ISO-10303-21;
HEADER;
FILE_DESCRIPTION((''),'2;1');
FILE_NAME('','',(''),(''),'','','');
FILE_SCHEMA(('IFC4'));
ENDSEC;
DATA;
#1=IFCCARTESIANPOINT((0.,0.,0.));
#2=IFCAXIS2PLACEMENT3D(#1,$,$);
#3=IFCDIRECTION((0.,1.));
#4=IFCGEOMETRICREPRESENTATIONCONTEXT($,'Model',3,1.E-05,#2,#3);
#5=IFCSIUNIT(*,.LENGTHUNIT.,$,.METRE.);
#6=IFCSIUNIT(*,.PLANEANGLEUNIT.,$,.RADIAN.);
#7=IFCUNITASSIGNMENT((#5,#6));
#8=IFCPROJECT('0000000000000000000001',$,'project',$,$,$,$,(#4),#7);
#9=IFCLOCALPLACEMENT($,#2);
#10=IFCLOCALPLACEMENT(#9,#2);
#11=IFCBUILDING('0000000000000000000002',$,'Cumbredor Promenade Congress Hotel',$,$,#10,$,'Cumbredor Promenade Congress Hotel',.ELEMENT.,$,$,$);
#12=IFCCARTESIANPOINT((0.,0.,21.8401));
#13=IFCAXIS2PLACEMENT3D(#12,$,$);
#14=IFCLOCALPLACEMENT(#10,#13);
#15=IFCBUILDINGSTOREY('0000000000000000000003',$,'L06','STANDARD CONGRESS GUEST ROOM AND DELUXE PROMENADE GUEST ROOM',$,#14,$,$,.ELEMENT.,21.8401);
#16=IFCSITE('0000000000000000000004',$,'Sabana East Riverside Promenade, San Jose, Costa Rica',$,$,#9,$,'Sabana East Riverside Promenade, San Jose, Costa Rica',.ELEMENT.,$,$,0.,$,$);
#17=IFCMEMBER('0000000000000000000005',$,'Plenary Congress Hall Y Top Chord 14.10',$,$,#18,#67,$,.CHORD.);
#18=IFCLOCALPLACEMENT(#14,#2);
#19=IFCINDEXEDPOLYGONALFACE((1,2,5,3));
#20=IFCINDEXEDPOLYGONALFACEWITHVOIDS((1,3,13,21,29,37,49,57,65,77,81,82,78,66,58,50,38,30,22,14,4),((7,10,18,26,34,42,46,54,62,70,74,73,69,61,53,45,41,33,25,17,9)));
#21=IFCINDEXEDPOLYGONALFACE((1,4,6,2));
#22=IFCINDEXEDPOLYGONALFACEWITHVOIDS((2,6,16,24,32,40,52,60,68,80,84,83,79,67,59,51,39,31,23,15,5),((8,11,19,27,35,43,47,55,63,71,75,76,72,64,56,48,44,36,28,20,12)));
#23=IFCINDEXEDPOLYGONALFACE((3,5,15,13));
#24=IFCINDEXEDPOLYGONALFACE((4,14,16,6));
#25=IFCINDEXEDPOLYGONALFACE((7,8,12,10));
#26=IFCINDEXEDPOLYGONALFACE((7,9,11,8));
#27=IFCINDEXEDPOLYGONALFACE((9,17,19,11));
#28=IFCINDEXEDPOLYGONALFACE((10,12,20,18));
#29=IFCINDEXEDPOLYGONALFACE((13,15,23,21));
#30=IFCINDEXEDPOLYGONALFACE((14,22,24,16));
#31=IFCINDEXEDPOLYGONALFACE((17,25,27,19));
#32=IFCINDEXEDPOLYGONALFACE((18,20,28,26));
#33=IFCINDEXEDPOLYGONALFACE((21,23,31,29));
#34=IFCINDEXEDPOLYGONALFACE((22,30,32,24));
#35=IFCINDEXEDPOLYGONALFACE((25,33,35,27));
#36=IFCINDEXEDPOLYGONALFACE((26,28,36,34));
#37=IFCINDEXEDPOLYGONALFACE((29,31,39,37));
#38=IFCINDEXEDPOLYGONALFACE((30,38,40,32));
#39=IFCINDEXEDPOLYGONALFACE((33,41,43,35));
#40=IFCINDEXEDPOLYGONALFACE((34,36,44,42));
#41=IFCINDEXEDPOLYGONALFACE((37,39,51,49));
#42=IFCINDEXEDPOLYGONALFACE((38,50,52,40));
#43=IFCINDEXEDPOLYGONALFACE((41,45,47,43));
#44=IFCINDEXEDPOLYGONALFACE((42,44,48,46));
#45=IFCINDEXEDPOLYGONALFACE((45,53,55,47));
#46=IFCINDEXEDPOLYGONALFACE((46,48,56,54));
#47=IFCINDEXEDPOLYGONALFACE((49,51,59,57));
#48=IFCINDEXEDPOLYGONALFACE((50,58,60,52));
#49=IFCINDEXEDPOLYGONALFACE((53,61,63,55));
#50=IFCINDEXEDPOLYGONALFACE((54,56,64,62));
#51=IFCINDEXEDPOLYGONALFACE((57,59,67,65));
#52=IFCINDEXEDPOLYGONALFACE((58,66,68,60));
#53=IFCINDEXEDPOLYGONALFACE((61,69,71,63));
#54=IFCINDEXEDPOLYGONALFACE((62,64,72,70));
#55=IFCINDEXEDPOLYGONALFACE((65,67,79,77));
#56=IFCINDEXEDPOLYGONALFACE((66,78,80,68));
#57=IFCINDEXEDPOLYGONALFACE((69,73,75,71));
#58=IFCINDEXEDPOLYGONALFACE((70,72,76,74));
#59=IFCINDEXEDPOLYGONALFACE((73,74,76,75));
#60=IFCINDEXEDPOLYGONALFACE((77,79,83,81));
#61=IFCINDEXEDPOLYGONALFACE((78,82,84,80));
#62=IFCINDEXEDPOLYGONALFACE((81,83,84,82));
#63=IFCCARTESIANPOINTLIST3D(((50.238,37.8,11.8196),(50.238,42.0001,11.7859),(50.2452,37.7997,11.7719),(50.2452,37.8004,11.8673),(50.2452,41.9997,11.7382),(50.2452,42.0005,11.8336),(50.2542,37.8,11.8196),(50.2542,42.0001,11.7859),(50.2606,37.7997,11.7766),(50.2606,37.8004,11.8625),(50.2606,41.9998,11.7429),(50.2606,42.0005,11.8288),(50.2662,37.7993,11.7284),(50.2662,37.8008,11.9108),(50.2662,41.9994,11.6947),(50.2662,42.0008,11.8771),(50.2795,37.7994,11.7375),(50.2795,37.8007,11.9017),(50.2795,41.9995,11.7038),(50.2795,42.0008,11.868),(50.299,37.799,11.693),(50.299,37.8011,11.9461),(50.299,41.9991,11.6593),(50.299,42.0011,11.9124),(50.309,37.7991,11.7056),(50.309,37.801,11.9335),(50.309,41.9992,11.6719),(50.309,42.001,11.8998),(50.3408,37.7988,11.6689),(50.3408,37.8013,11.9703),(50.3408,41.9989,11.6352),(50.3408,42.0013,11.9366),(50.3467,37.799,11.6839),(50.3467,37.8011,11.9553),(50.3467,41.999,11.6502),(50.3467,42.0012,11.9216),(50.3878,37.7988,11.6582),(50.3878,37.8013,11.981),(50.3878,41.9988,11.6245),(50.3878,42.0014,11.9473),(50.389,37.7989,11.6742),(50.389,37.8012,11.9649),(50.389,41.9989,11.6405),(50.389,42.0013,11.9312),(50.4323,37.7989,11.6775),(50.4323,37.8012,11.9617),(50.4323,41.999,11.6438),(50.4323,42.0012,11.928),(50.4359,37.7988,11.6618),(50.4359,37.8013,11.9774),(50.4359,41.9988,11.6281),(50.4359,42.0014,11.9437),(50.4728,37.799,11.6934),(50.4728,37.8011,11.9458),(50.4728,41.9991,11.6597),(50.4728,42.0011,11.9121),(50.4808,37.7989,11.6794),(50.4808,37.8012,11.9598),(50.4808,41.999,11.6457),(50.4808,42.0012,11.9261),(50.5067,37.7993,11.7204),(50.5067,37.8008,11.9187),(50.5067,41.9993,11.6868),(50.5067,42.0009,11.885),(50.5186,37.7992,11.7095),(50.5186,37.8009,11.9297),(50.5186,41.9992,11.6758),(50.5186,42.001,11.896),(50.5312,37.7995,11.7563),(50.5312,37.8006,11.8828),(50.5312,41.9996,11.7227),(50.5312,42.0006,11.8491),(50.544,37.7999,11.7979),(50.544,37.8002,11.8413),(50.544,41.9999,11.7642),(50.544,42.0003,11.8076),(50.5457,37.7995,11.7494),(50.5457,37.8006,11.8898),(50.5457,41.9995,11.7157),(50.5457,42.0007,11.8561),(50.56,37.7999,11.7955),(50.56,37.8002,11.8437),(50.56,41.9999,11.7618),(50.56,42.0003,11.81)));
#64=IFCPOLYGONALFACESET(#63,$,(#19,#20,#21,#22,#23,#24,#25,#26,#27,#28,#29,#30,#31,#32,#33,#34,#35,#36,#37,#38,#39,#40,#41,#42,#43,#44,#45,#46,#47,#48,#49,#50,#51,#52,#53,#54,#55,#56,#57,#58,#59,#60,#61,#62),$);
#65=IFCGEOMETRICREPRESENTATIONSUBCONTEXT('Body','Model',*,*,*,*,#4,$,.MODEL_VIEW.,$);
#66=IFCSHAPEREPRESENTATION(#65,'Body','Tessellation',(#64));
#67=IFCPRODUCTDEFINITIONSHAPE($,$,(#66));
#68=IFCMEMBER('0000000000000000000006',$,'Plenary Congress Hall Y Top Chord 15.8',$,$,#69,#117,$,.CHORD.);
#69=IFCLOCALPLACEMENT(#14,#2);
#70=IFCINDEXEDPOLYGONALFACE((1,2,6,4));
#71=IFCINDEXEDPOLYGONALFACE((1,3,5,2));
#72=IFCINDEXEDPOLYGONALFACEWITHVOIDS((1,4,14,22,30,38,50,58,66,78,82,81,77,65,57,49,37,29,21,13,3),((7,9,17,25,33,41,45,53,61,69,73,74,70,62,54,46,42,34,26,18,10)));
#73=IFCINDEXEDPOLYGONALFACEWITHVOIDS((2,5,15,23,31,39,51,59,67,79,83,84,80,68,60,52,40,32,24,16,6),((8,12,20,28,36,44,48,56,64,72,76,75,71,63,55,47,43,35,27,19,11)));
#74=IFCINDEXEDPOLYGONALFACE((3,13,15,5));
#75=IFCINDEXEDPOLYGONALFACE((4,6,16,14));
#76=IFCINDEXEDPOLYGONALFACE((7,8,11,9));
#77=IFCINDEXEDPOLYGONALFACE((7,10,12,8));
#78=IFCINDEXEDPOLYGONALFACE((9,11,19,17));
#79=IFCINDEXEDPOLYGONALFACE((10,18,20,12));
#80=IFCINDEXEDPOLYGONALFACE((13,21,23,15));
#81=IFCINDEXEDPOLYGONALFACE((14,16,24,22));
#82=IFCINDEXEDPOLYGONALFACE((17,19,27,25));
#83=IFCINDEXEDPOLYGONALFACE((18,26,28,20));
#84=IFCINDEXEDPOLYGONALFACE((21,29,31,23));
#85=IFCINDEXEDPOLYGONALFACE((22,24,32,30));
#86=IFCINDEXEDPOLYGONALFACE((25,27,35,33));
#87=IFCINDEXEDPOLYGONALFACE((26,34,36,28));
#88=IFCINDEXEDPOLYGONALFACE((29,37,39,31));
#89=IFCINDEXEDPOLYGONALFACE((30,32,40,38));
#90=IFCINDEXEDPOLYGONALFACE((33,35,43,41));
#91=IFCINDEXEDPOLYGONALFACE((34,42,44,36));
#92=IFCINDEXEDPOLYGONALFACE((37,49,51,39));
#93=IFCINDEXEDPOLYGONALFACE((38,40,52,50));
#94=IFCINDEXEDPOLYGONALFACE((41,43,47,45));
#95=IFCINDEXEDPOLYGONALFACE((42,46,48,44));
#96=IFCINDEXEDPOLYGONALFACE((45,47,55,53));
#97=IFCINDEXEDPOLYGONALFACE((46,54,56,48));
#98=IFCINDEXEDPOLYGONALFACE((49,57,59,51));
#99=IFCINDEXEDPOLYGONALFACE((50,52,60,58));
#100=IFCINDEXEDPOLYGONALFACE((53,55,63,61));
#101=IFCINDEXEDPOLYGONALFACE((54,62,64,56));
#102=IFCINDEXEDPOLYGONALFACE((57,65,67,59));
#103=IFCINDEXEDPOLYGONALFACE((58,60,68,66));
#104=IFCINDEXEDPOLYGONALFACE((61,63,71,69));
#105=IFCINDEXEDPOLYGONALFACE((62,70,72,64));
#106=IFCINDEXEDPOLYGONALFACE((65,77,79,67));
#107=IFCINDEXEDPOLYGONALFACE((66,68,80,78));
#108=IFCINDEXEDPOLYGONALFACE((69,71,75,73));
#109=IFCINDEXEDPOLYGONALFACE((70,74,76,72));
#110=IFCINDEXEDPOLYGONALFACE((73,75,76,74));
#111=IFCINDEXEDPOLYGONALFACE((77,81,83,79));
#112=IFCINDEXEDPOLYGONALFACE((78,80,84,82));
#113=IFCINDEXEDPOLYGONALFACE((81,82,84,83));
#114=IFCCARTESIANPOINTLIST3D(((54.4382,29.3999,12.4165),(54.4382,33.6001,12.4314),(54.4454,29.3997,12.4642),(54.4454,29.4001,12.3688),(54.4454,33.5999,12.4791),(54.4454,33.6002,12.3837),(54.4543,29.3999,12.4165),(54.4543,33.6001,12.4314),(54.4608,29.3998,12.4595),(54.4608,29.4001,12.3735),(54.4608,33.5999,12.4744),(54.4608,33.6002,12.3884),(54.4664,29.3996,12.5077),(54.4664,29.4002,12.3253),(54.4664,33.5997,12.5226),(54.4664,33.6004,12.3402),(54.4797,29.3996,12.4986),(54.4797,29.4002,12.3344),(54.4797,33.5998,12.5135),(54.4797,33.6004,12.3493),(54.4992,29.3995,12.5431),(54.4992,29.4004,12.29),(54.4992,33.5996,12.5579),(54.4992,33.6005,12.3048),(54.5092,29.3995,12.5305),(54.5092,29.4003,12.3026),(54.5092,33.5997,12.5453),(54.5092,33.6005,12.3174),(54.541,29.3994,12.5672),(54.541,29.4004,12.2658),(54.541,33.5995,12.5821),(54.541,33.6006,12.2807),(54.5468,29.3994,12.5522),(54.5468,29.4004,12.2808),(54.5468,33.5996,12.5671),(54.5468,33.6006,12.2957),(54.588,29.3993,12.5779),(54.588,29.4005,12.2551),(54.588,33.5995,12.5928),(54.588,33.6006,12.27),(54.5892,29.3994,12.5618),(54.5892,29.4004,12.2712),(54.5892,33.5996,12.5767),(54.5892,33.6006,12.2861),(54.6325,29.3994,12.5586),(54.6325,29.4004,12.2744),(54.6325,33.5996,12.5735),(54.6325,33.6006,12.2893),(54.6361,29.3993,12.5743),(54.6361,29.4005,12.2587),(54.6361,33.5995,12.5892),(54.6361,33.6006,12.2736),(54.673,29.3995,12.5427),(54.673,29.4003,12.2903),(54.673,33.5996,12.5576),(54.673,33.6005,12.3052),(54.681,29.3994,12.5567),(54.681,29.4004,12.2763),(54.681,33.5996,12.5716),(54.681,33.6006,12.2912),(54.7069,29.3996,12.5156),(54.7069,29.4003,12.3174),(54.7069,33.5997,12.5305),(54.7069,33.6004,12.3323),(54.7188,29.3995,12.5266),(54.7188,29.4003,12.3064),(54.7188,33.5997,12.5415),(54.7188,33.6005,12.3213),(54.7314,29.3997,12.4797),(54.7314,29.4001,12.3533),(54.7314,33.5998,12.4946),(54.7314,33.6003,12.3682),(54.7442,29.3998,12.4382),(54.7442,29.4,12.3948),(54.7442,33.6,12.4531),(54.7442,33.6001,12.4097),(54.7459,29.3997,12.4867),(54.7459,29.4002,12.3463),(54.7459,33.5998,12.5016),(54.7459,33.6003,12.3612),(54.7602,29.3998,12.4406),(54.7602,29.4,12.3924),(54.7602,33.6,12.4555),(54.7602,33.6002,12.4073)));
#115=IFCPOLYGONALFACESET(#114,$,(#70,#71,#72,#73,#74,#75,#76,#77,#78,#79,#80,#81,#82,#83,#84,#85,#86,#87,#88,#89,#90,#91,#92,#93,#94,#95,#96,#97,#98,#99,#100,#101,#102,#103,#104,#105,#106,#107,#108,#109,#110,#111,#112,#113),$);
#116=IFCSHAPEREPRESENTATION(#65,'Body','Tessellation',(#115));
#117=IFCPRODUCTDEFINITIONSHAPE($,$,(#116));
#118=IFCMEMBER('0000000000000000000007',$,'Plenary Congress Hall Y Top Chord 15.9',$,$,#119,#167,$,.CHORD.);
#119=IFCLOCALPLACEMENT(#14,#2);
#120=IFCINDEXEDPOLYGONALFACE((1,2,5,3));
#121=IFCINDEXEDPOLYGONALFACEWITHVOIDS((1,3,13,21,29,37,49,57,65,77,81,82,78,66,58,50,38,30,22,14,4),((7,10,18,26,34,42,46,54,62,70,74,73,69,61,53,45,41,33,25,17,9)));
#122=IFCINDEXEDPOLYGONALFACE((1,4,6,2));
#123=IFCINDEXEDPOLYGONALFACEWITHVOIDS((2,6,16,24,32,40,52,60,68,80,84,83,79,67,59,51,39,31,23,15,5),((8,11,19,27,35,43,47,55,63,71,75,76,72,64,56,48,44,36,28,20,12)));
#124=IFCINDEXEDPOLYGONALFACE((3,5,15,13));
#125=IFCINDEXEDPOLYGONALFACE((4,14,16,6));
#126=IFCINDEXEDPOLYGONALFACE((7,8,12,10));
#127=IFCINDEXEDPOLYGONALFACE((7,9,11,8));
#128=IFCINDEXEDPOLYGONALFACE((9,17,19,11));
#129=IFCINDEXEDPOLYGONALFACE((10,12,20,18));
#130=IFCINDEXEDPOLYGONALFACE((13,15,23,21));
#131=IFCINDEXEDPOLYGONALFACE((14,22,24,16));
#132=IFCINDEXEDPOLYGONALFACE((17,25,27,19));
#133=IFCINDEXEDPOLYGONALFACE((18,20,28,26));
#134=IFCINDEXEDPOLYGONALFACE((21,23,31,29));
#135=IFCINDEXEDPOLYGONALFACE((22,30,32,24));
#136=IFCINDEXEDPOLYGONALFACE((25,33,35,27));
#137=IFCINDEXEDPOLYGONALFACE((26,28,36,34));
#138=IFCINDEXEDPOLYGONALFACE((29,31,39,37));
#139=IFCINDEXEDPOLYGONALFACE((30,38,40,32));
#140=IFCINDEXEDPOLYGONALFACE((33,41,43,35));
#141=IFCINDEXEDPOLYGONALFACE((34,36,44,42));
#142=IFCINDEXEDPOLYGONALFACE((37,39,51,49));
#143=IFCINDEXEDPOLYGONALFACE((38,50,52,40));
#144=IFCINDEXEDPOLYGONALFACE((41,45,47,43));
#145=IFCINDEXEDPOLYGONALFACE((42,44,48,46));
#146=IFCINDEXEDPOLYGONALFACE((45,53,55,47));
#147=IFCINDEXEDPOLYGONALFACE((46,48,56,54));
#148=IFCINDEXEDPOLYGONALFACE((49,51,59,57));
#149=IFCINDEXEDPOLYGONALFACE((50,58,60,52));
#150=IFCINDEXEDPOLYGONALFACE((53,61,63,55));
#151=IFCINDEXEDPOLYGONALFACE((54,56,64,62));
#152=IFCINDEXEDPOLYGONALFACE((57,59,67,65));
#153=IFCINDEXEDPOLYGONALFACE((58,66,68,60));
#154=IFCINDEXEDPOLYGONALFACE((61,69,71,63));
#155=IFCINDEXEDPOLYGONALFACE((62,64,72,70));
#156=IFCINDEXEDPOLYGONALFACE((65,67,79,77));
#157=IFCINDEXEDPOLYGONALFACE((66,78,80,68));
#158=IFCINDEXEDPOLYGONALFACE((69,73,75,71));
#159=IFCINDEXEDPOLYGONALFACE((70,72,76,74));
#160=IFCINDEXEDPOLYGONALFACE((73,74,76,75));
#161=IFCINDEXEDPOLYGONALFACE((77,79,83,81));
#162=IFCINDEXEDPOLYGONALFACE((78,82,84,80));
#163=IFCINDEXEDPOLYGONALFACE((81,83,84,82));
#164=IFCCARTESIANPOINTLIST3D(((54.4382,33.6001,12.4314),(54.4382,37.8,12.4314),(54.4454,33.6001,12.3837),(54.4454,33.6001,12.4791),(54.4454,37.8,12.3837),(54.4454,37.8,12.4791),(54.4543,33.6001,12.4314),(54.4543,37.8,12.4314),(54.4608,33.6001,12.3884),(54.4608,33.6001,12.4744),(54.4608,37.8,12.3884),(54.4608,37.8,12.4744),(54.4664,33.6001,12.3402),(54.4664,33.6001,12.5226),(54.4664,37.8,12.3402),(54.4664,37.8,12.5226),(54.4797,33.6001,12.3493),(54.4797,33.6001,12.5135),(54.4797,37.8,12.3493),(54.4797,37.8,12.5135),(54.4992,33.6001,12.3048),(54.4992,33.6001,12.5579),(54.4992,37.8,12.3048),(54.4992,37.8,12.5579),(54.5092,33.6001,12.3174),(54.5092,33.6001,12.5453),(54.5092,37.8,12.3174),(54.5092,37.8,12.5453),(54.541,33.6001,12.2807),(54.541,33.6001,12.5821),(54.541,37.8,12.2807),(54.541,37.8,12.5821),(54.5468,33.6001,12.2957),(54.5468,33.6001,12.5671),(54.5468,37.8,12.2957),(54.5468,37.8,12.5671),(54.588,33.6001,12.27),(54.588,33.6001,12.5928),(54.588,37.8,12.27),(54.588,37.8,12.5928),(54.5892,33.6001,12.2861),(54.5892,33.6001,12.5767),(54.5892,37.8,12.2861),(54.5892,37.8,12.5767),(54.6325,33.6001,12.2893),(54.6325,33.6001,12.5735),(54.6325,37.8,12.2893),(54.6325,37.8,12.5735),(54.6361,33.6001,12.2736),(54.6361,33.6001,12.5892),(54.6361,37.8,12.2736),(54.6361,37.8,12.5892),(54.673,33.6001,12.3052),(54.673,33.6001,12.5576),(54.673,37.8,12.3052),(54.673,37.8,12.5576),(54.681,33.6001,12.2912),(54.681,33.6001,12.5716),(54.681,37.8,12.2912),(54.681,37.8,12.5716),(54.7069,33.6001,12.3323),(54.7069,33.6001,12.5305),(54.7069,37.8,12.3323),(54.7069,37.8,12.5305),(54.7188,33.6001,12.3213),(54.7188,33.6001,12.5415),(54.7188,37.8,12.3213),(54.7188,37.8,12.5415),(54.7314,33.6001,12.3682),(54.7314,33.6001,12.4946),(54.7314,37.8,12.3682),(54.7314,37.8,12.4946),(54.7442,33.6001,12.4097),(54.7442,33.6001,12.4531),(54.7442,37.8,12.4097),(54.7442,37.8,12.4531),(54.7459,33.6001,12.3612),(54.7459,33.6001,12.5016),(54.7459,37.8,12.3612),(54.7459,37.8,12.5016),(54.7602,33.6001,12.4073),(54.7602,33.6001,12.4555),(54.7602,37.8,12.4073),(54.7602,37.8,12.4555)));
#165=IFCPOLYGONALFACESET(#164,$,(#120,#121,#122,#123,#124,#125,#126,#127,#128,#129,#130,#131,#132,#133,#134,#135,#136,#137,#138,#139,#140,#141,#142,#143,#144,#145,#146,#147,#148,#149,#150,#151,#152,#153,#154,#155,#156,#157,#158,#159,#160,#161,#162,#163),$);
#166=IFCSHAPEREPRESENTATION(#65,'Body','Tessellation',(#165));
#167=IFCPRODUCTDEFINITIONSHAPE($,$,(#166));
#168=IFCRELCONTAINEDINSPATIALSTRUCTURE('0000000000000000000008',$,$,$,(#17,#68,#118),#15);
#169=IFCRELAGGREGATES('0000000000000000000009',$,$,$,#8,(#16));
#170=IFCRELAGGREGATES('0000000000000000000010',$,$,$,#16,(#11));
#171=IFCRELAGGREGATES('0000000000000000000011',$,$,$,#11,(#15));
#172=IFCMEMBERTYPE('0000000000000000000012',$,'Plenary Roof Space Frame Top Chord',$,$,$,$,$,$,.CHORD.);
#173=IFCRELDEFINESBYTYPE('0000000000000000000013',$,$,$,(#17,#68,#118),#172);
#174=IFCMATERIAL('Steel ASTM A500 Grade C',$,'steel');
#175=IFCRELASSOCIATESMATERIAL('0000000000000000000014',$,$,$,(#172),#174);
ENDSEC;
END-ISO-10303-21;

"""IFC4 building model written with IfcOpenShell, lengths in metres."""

from ifc_helpers import new_model, si_unit, direction, frame, origin, origin_2d, place, context, subcontext, project, spatial, hollow_circle, extrude, material, material_profile, profile_set, type_object, element, save


model = new_model("IFC4")

# Units and contexts
model_context = context("Model", 3, precision=1e-05, world=origin(), true_north=direction((0.0, 1.0)))
body_context = subcontext(model_context, "Body", "Model", "MODEL_VIEW")
ifc_project = project(units=[si_unit("LENGTHUNIT", "METRE"), si_unit("PLANEANGLEUNIT", "RADIAN")], contexts=[model_context])

# Site, building, storey
site_placement = place(None, origin())
site = spatial("IfcSite", under=ifc_project, at=site_placement, Name="Sabana East Riverside Promenade, San Jose, Costa Rica", LongName="Sabana East Riverside Promenade, San Jose, Costa Rica", CompositionType="ELEMENT", RefElevation=0.0)
building_placement = place(site_placement, origin())
building = spatial("IfcBuilding", under=site, at=building_placement, Name="Cumbredor Promenade Congress Hotel", LongName="Cumbredor Promenade Congress Hotel", CompositionType="ELEMENT")
storey_placement = place(building_placement, frame((0.0, 0.0, 21.8401)))
storey = spatial("IfcBuildingStorey", under=building, at=storey_placement, Name="L06", Description="STANDARD CONGRESS GUEST ROOM AND DELUXE PROMENADE GUEST ROOM", CompositionType="ELEMENT", Elevation=21.8401)

# Members
ifc_material_1 = material(Name="Steel ASTM A500 Grade C", Category="steel")
ifc_material_profile_1 = material_profile(ifc_material_1, hollow_circle(Radius=0.1619, WallThickness=0.0161, at=origin_2d()), Name="CHS 323.9x16")
ifc_profile_set_1 = profile_set([ifc_material_profile_1], Name="Steel ASTM A500 Grade C")
member_type_1 = type_object("IfcMemberType", Name="Plenary Roof Space Frame Top Chord", PredefinedType="CHORD", material=ifc_profile_set_1)
for number, where, z_axis, x_axis, name in (
    (1, (50.3999, 37.8, 11.8196), (0.0, 0.999968, -0.008022), (-1.0, 0.0, 0.0), "Plenary Congress Hall Y Top Chord 14.10"),
    (2, (54.6001, 29.3999, 12.4165), (0.0, 0.999994, 0.003546), (-1.0, 0.0, 0.0), "Plenary Congress Hall Y Top Chord 15.8"),
):
    element("IfcMember", number, at=place(storey_placement, frame(where, z_axis=z_axis, x_axis=x_axis)), inside=storey, type_object=member_type_1, Name=name, PredefinedType="CHORD", context=body_context, shape_type="SweptSolid", body=[
        extrude(hollow_circle(Radius=0.1619, WallThickness=0.0161, at=origin_2d()), origin(), (0.0, 0.0, 1.0), 4.2002),
    ])
for number, where, z_axis, x_axis, name in (
    (3, (54.6001, 33.6001, 12.4314), (0.0, 1.0, 0.0), (-1.0, 0.0, 0.0), "Plenary Congress Hall Y Top Chord 15.9"),
):
    element("IfcMember", number, at=place(storey_placement, frame(where, z_axis=z_axis, x_axis=x_axis)), inside=storey, type_object=member_type_1, Name=name, PredefinedType="CHORD", context=body_context, shape_type="SweptSolid", body=[
        extrude(hollow_circle(Radius=0.1619, WallThickness=0.0161, at=origin_2d()), origin(), (0.0, 0.0, 1.0), 4.2),
    ])

save(model, "model.ifc")
